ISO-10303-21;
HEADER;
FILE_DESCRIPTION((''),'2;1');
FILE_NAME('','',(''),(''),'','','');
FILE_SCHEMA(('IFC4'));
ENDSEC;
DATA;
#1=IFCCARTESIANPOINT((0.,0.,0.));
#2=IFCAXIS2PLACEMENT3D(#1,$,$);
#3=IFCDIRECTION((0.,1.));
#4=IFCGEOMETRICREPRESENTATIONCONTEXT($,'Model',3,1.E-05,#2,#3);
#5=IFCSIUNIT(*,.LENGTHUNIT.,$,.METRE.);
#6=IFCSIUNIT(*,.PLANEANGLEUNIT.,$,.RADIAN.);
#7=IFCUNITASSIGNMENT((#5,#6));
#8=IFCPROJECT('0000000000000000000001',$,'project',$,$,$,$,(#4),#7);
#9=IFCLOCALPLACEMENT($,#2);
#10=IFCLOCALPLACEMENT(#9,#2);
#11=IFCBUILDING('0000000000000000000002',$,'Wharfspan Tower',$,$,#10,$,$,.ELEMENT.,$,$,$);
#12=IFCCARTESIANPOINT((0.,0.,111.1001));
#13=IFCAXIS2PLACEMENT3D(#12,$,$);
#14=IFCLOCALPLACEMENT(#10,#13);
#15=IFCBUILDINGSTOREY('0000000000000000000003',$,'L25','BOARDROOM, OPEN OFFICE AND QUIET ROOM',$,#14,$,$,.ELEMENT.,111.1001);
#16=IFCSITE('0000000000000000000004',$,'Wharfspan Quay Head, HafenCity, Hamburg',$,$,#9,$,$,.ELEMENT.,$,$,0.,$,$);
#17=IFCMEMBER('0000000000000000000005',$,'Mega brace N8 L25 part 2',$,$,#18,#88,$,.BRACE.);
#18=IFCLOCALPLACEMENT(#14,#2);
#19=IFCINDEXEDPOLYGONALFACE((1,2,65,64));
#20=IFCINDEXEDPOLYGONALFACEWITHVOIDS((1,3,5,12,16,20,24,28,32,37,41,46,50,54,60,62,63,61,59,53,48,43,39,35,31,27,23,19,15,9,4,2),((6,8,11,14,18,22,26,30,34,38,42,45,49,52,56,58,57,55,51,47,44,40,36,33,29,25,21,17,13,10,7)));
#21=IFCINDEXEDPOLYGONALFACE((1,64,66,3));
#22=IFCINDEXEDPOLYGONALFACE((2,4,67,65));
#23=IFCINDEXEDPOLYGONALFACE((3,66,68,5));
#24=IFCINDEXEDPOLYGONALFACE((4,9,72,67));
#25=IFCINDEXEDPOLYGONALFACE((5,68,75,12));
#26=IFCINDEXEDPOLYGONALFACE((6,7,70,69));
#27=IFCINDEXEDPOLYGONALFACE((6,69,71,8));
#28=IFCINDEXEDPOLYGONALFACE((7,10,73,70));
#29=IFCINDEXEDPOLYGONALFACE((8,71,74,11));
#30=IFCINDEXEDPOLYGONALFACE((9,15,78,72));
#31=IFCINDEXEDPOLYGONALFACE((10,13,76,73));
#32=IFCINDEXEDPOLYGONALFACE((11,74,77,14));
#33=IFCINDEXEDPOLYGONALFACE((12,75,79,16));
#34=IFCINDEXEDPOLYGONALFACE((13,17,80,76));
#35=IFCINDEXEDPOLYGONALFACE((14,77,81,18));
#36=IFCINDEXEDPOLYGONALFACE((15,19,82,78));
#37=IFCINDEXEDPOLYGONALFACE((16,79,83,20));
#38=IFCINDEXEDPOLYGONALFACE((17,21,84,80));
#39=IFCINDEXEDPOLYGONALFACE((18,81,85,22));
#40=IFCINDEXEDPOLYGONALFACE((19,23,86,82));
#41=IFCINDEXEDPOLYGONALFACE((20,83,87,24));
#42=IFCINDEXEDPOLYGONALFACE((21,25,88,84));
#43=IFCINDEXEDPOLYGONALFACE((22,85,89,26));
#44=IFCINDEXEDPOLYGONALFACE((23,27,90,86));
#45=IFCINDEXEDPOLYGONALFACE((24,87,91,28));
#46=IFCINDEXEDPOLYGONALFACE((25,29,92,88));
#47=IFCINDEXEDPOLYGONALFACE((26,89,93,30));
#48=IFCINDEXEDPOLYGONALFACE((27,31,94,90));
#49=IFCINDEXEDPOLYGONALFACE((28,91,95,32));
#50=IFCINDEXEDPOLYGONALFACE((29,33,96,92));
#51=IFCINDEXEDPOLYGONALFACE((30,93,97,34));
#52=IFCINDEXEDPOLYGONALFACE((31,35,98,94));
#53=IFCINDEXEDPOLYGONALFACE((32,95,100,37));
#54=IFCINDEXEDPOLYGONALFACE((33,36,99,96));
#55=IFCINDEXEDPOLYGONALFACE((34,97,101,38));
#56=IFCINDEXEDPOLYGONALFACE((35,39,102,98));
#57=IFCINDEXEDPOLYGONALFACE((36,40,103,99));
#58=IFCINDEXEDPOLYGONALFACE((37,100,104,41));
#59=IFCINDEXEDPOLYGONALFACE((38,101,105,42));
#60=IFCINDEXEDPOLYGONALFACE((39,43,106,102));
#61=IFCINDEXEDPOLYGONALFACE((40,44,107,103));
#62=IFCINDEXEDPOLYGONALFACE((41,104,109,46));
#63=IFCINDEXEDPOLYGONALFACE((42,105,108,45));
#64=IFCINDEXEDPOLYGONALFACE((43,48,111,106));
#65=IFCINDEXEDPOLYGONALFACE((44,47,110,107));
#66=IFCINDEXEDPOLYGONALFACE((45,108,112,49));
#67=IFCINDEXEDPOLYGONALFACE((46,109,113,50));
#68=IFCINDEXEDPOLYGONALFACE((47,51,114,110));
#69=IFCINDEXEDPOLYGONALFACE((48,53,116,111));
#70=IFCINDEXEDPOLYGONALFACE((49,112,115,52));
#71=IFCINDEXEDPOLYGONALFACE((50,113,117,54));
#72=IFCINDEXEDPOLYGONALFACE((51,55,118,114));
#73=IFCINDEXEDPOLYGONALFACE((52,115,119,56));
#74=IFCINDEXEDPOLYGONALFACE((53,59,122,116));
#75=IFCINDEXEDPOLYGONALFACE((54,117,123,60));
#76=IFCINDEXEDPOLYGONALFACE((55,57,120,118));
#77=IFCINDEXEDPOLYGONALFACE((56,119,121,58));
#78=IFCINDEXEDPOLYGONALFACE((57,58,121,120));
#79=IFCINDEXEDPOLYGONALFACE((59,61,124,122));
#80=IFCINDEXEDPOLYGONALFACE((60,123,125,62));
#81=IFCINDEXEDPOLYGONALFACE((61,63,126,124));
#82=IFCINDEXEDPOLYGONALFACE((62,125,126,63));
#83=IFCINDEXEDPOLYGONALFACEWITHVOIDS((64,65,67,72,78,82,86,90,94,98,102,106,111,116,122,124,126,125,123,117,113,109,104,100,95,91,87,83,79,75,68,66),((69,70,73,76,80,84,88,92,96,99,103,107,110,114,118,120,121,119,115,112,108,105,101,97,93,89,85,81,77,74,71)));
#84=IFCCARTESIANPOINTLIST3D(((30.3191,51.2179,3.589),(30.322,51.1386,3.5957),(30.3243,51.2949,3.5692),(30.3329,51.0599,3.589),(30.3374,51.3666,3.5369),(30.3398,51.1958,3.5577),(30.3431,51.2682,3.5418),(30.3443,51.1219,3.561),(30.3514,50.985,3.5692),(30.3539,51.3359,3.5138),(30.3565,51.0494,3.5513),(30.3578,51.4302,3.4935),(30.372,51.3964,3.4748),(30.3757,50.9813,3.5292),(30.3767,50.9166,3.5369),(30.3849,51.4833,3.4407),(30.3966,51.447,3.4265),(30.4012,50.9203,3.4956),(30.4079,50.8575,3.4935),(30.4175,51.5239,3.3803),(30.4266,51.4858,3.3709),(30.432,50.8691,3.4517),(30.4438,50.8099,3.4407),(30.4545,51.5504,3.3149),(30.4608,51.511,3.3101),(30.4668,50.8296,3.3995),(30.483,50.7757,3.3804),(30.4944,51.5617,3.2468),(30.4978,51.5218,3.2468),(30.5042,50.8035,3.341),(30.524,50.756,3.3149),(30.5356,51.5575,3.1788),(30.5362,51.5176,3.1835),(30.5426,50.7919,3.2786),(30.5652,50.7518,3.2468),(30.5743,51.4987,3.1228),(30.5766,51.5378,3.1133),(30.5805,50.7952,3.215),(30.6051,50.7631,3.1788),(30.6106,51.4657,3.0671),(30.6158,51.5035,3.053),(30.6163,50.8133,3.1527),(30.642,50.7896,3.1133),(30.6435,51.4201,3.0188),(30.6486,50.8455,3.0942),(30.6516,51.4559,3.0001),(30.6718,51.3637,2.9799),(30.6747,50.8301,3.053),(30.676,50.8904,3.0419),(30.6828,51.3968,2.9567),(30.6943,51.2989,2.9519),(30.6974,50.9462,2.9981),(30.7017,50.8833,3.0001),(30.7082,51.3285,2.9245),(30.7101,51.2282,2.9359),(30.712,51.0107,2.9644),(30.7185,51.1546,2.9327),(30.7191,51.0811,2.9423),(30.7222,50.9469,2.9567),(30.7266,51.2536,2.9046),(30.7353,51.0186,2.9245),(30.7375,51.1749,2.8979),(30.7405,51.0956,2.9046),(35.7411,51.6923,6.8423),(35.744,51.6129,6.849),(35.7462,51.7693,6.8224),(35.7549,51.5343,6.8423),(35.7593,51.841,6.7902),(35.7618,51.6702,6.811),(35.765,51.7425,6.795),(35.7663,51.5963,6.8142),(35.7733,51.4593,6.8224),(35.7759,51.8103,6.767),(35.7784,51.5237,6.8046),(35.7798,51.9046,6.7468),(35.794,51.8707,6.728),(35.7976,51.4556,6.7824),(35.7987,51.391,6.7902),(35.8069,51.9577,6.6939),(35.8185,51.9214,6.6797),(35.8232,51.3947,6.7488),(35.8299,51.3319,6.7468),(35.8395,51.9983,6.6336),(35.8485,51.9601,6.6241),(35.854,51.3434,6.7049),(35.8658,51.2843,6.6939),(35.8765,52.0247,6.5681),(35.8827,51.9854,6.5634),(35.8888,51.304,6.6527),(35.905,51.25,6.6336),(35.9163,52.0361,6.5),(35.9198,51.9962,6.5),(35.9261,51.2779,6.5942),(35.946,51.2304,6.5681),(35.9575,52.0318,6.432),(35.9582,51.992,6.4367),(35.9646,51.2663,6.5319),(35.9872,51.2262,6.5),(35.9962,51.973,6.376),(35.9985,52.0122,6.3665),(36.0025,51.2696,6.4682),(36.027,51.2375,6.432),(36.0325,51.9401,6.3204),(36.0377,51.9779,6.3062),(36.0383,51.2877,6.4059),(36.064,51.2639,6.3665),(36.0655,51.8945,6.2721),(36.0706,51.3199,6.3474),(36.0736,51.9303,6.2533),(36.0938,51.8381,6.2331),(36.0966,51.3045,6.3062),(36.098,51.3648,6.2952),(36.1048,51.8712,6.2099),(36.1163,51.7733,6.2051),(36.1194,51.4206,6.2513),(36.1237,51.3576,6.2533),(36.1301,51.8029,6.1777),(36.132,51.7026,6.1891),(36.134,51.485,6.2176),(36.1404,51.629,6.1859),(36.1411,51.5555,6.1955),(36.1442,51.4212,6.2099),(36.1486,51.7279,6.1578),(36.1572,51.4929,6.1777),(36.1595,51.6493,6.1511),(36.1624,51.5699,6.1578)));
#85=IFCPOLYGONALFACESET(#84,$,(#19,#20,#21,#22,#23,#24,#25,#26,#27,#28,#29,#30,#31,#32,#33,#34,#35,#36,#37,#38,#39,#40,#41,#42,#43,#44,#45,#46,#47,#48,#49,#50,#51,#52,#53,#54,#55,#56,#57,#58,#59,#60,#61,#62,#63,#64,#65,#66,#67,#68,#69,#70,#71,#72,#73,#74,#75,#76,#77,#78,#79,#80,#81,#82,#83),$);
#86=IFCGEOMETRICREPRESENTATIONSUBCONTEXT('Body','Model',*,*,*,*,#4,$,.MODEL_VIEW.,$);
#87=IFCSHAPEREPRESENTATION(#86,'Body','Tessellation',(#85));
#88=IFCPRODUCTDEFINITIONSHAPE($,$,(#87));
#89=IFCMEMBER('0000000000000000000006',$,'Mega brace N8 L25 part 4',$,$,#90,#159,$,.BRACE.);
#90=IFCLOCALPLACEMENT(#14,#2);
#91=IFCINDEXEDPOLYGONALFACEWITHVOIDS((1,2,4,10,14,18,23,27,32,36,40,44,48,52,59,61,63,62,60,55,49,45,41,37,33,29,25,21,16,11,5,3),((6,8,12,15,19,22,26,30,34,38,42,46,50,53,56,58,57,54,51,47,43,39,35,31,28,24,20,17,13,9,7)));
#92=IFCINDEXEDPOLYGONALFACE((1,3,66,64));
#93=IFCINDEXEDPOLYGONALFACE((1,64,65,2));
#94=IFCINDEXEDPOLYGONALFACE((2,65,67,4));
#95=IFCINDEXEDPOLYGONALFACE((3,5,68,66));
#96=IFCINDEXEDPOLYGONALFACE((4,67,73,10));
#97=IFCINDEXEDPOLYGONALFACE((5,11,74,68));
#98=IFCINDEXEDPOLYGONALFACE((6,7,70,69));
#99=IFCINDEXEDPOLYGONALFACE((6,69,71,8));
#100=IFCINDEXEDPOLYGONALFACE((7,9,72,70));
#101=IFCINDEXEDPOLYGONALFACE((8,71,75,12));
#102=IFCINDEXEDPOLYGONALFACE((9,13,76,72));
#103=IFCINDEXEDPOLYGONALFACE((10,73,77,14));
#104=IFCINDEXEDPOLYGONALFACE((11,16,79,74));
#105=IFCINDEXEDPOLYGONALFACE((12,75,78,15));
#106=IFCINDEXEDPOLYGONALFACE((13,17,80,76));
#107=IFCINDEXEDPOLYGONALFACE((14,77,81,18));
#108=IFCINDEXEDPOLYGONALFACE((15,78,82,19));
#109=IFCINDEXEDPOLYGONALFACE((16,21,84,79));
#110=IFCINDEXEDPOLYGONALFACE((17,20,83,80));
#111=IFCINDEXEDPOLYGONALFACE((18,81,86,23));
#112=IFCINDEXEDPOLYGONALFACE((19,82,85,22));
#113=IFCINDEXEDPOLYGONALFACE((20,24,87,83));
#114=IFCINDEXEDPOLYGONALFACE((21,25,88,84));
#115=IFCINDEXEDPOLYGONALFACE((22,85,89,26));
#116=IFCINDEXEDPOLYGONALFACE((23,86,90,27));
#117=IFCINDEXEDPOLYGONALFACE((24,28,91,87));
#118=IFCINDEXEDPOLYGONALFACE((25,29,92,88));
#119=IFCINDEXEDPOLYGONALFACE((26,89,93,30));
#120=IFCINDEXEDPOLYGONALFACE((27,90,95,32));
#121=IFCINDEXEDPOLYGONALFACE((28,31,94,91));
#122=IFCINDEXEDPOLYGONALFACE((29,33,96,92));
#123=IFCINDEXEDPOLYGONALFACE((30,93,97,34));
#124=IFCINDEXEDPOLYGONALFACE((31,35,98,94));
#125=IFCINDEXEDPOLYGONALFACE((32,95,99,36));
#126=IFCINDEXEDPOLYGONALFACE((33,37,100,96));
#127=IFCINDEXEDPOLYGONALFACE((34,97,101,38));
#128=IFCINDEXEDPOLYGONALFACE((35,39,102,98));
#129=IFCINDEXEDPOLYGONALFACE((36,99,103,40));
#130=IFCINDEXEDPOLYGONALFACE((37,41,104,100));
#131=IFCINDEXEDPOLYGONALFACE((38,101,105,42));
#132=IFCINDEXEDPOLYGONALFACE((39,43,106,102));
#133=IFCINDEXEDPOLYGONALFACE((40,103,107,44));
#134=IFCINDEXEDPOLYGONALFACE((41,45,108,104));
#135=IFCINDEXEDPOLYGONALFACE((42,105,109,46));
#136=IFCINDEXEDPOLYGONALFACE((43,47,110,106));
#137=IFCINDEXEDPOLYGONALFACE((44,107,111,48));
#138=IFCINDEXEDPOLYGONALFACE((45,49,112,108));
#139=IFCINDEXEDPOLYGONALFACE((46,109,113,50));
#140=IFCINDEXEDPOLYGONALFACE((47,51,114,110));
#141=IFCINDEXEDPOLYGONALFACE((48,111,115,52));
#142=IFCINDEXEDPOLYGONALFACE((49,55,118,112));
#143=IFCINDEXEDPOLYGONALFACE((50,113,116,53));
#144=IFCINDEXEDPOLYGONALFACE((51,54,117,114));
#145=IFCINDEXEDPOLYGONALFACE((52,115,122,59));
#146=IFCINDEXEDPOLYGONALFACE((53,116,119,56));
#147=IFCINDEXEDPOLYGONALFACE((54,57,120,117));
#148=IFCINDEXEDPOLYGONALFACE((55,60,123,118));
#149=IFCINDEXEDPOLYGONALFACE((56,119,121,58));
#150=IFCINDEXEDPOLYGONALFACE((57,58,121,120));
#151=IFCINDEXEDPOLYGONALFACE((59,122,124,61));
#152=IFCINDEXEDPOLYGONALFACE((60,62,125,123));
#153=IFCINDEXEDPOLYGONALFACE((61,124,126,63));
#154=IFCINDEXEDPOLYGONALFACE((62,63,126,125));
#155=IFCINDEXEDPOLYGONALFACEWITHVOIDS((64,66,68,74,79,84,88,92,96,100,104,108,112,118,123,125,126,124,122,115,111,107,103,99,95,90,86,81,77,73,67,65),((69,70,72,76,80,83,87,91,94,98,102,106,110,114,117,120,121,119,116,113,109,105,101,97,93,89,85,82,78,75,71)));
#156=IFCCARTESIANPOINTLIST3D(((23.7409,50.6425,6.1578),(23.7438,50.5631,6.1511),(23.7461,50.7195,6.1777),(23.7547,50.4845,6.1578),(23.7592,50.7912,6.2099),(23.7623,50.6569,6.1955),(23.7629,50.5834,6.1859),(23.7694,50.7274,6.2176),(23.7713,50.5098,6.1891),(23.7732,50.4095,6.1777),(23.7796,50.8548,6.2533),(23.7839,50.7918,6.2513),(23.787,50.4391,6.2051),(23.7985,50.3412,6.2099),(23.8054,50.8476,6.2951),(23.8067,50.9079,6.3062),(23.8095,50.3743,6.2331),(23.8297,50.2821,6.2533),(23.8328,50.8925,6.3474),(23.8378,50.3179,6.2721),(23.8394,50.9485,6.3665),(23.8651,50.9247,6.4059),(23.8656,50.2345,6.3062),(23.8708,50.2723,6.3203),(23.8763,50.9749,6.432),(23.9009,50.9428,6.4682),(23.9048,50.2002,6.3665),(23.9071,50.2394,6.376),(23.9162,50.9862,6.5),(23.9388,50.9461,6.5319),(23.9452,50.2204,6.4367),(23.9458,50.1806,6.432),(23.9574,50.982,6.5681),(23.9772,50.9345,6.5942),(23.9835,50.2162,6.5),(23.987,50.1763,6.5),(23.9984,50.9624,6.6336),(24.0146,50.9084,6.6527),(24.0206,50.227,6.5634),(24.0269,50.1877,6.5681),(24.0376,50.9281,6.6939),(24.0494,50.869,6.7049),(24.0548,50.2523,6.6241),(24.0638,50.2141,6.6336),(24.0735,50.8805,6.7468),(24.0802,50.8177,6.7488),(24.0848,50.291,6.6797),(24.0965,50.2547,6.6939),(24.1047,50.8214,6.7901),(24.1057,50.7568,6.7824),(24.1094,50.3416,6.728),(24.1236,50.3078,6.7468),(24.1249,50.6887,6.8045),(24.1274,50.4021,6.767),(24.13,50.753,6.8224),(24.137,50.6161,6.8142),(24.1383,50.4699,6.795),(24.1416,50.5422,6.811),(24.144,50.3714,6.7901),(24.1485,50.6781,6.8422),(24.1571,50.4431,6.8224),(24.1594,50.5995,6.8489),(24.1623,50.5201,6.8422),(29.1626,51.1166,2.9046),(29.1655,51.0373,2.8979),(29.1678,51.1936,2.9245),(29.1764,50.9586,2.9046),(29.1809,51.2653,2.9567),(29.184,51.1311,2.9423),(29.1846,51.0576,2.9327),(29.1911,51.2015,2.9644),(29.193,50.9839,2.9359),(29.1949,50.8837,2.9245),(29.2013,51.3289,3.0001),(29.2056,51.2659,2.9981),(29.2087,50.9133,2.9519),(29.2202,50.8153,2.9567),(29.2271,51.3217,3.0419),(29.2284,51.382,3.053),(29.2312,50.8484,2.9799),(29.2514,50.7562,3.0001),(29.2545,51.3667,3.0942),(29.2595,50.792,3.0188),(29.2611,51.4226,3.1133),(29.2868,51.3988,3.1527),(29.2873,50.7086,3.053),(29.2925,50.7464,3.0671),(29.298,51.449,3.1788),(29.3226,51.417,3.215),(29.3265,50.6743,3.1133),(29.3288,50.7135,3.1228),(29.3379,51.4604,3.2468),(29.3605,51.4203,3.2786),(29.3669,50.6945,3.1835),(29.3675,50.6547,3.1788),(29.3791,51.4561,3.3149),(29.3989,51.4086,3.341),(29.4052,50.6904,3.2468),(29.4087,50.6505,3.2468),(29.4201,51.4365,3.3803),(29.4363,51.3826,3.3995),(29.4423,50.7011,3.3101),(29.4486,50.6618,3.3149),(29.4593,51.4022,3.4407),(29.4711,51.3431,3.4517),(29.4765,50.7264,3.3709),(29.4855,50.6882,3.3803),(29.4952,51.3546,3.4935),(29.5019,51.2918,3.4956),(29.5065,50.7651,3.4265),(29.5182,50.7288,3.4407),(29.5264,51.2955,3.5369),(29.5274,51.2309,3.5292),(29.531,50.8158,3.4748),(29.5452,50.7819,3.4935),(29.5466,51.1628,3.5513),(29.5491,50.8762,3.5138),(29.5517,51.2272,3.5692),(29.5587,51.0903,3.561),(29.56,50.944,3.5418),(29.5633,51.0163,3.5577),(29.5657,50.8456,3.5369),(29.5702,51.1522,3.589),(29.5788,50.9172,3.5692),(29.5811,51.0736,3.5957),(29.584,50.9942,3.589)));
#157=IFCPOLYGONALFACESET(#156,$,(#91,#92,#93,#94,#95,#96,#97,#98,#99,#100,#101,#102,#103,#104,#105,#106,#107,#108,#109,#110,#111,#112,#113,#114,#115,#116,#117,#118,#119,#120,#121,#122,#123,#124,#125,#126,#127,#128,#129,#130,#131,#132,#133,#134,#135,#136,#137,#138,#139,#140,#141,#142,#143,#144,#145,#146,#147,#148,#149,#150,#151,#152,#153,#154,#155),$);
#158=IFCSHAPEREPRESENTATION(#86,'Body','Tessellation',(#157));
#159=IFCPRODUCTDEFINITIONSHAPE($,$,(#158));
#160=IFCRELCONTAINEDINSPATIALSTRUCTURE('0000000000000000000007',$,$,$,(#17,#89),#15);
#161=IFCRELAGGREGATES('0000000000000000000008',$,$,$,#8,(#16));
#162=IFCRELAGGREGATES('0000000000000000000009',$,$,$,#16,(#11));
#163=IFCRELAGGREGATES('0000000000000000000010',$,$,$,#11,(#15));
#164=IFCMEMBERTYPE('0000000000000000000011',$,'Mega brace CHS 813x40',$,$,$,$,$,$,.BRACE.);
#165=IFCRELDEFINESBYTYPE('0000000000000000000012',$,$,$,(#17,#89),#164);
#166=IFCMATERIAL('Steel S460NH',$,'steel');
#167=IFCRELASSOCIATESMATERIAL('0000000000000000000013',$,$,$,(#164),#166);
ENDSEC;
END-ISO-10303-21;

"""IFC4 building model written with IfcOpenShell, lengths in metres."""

from ifc_helpers import new_model, si_unit, direction, frame, origin, origin_2d, place, context, subcontext, project, spatial, hollow_circle, extrude, material, material_profile, profile_set, type_object, element, save


model = new_model("IFC4")

# Units and contexts
model_context = context("Model", 3, precision=1e-05, world=origin(), true_north=direction((0.0, 1.0)))
body_context = subcontext(model_context, "Body", "Model", "MODEL_VIEW")
ifc_project = project(units=[si_unit("LENGTHUNIT", "METRE"), si_unit("PLANEANGLEUNIT", "RADIAN")], contexts=[model_context])

# Site, building, storey
site_placement = place(None, origin())
site = spatial("IfcSite", under=ifc_project, at=site_placement, Name="Wharfspan Quay Head, HafenCity, Hamburg", CompositionType="ELEMENT", RefElevation=0.0)
building_placement = place(site_placement, origin())
building = spatial("IfcBuilding", under=site, at=building_placement, Name="Wharfspan Tower", CompositionType="ELEMENT")
storey_placement = place(building_placement, frame((0.0, 0.0, 111.1001)))
storey = spatial("IfcBuildingStorey", under=building, at=storey_placement, Name="L25", Description="BOARDROOM, OPEN OFFICE AND QUIET ROOM", CompositionType="ELEMENT", Elevation=111.1001)

# Members
ifc_material_1 = material(Name="Steel S460NH", Category="steel")
ifc_material_profile_1 = material_profile(ifc_material_1, hollow_circle(Radius=0.4065, WallThickness=0.04, at=origin_2d()))
ifc_profile_set_1 = profile_set([ifc_material_profile_1], Name="Steel S460NH")
member_type = type_object("IfcMemberType", Name="Mega brace CHS 813x40", PredefinedType="BRACE", material=ifc_profile_set_1)
member_1_placement = place(storey_placement, frame((30.5298, 51.1567, 3.2468), z_axis=(0.855087, 0.074812, 0.51306), x_axis=(-0.087157, 0.996195, -0.000001)))
element("IfcMember", 1, at=member_1_placement, inside=storey, type_object=member_type, Name="Mega brace N8 L25 part 2", PredefinedType="BRACE", context=body_context, shape_type="SweptSolid", body=[
    extrude(hollow_circle(Radius=0.4065, WallThickness=0.04, at=origin_2d()), origin(), (0.0, 0.0, 1.0), 6.3408),
])
member_2_placement = place(storey_placement, frame((29.3733, 51.0554, 3.2468), z_axis=(-0.855079, -0.074777, 0.513078), x_axis=(0.087118, -0.996199, 0.0)))
element("IfcMember", 2, at=member_2_placement, inside=storey, type_object=member_type, Name="Mega brace N8 L25 part 4", PredefinedType="BRACE", context=body_context, shape_type="SweptSolid", body=[
    extrude(hollow_circle(Radius=0.4065, WallThickness=0.04, at=origin_2d()), origin(), (0.0, 0.0, 1.0), 6.3406),
])

save(model, "model.ifc")
